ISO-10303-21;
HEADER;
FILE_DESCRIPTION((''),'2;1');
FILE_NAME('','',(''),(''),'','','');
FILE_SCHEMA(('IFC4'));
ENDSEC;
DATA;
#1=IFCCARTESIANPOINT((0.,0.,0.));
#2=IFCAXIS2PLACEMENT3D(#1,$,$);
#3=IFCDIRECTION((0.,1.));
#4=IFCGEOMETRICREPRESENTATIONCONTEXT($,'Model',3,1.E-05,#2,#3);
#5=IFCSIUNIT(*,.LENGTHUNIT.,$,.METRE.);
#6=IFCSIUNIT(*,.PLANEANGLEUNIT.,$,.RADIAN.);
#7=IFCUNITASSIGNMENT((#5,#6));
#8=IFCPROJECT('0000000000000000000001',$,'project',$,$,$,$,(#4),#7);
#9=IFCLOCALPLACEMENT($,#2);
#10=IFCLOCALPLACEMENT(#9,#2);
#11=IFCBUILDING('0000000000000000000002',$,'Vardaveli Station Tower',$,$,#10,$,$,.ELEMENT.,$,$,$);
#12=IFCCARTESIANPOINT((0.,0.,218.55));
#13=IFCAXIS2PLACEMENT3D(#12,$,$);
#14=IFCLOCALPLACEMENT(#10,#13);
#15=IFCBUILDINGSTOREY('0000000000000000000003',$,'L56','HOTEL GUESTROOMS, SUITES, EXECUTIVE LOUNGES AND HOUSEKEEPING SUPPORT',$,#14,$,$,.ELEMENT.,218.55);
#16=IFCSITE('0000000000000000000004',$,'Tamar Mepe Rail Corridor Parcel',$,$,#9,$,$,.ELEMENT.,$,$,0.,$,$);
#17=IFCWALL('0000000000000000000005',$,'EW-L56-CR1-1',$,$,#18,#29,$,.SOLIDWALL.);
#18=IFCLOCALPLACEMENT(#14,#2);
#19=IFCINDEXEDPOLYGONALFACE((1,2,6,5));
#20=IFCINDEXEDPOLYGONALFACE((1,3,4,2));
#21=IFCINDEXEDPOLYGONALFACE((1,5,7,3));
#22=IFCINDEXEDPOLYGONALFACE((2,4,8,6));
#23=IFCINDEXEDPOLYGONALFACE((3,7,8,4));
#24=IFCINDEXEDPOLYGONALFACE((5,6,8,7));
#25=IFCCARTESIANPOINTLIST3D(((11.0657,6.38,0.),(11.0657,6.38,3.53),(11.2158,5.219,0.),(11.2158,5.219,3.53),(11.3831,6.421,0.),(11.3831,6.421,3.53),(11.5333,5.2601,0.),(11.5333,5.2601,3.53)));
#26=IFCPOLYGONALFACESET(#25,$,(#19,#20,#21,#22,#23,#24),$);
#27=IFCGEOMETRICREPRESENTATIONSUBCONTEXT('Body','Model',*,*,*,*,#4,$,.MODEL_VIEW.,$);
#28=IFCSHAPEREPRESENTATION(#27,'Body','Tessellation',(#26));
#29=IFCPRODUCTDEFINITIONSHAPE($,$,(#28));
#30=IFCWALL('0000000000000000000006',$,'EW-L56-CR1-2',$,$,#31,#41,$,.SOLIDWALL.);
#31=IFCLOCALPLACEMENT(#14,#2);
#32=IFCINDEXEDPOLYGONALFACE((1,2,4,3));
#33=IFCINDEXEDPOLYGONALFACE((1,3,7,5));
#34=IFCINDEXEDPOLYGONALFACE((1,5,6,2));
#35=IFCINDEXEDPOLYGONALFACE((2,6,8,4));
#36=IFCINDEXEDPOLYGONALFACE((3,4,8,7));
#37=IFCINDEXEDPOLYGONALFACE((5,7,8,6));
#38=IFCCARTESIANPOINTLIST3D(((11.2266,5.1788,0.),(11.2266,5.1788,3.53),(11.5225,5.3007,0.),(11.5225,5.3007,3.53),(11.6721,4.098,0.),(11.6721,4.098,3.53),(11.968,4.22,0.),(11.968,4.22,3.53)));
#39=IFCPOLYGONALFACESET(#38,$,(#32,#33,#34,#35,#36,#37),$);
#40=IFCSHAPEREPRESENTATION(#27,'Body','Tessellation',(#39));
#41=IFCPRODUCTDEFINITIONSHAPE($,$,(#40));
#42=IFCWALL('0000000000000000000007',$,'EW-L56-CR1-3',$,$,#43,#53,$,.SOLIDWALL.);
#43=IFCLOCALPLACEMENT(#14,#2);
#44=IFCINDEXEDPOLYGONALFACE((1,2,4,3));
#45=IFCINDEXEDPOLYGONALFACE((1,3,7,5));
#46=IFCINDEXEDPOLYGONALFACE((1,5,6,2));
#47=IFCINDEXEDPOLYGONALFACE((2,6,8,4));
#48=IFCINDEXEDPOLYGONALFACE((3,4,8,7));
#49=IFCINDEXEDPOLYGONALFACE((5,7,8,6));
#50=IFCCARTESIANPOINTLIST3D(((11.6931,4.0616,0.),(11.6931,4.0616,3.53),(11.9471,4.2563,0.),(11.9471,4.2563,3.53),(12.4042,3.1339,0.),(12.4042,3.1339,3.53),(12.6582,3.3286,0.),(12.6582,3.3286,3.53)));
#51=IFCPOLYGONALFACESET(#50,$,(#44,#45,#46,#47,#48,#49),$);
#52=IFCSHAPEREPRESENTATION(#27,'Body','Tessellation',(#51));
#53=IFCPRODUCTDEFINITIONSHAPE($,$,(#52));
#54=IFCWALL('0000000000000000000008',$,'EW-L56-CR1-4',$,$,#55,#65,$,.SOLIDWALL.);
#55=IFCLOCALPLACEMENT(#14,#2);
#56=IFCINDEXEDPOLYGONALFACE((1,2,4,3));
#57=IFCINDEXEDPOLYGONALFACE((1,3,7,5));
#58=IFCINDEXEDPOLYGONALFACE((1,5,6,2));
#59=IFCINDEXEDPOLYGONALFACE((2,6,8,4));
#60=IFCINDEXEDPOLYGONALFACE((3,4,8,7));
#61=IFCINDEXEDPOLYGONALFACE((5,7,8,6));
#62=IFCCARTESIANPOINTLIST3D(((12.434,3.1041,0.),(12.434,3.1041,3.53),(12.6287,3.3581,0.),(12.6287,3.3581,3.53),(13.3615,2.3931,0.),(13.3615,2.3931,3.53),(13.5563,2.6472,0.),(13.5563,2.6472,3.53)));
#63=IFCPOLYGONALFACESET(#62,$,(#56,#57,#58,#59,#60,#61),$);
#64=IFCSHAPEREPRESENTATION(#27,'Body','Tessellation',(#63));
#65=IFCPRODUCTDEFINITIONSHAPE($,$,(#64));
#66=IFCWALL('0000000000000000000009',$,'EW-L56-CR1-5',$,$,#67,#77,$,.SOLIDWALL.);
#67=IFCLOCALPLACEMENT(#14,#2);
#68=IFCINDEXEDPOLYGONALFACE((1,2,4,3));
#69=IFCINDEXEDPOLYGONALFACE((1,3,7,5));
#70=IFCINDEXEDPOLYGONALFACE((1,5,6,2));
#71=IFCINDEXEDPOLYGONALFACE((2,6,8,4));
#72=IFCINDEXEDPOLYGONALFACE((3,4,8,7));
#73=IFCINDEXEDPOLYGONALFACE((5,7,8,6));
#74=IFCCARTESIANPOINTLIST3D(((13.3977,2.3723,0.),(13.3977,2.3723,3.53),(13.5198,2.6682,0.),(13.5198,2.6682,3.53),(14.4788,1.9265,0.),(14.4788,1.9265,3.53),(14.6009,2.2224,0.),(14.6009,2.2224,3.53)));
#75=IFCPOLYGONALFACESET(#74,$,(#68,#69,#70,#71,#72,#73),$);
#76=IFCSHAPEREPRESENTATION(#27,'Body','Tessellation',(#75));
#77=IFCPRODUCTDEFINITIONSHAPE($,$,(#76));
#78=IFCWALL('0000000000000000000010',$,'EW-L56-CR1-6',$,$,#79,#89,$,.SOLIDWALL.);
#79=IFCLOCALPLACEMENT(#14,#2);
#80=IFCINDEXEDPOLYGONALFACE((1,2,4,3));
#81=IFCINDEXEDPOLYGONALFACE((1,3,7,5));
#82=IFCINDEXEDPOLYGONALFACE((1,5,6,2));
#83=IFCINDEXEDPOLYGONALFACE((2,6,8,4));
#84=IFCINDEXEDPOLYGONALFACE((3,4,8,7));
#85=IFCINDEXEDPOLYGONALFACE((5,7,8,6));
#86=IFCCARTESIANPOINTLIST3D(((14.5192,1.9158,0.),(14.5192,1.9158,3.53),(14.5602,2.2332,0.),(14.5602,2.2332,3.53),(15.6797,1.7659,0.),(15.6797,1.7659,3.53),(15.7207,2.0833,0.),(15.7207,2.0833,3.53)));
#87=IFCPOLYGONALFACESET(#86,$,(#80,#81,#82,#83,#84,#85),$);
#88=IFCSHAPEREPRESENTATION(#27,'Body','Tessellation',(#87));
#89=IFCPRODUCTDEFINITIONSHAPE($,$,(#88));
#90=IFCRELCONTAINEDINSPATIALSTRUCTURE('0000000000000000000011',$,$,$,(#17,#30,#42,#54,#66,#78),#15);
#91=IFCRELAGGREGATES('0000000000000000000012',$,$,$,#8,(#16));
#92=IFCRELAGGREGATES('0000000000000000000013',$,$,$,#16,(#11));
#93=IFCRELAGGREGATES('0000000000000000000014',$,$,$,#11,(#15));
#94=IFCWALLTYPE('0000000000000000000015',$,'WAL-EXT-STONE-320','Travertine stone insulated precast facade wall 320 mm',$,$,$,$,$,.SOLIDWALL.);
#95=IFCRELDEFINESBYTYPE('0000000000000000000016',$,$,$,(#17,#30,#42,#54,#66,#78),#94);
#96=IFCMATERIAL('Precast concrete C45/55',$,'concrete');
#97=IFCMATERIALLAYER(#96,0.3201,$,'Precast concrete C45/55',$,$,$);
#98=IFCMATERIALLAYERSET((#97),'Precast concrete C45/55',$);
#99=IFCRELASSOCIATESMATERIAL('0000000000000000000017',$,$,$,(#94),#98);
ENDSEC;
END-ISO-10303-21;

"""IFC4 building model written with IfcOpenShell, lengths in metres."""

from ifc_helpers import new_model, si_unit, direction, frame, frame_2d, origin, place, context, subcontext, project, spatial, rectangle, extrude, source, transform, mapped, material, layer, layer_set, type_object, element, save


model = new_model("IFC4")

# Units and contexts
model_context = context("Model", 3, precision=1e-05, world=origin(), true_north=direction((0.0, 1.0)))
body_context = subcontext(model_context, "Body", "Model", "MODEL_VIEW")
ifc_project = project(units=[si_unit("LENGTHUNIT", "METRE"), si_unit("PLANEANGLEUNIT", "RADIAN")], contexts=[model_context])

# Site, building, storey
site_placement = place(None, origin())
site = spatial("IfcSite", under=ifc_project, at=site_placement, Name="Tamar Mepe Rail Corridor Parcel", CompositionType="ELEMENT", RefElevation=0.0)
building_placement = place(site_placement, origin())
building = spatial("IfcBuilding", under=site, at=building_placement, Name="Vardaveli Station Tower", CompositionType="ELEMENT")
storey_placement = place(building_placement, frame((0.0, 0.0, 218.55)))
storey = spatial("IfcBuildingStorey", under=building, at=storey_placement, Name="L56", Description="HOTEL GUESTROOMS, SUITES, EXECUTIVE LOUNGES AND HOUSEKEEPING SUPPORT", CompositionType="ELEMENT", Elevation=218.55)

# Shared definitions
ifc_material_1 = material(Name="Precast concrete C45/55", Category="concrete")

# Shared definitions
ifc_layer = layer(ifc_material_1, 0.3201, Name="Precast concrete C45/55")
ifc_layer_set = layer_set([ifc_layer], Name="Precast concrete C45/55")
wall_type = type_object("IfcWallType", Name="WAL-EXT-STONE-320", Description="Travertine stone insulated precast facade wall 320 mm", PredefinedType="SOLIDWALL", material=ifc_layer_set)

# Walls
shared_shape_1 = source(origin(), body_context, "Body", "SweptSolid", [
    extrude(rectangle(XDim=1.1707, YDim=0.3201, at=frame_2d((0.5854, 0.0))), origin(), (0.0, 0.0, 1.0), 3.53),
])
wall_1_placement = place(storey_placement, frame((11.2244, 6.4006, 0.0), z_axis=(0.0, 0.0, 1.0), x_axis=(0.128269, -0.991739, 0.0)))
element("IfcWall", 1, at=wall_1_placement, inside=storey, type_object=wall_type, Name="EW-L56-CR1-1", PredefinedType="SOLIDWALL", context=body_context, shape_type="MappedRepresentation", body=[
    mapped(shared_shape_1, transform((0.0, 0.0, 0.0), scale=1.0)),
])
shared_shape_2 = source(origin(), body_context, "Body", "SweptSolid", [
    extrude(rectangle(XDim=1.1689, YDim=0.3201, at=frame_2d((0.5845, 0.0))), origin(), (0.0, 0.0, 1.0), 3.53),
])
for number, where, z_axis, x_axis, name in (
    (2, (11.3745, 5.2397, 0.0), (0.0, 0.0, 1.0), (0.381128, -0.924522, 0.0), "EW-L56-CR1-2"),
    (3, (11.8201, 4.1589, 0.0), (0.0, 0.0, 1.0), (0.608388, -0.79364, 0.0), "EW-L56-CR1-3"),
):
    element("IfcWall", number, at=place(storey_placement, frame(where, z_axis=z_axis, x_axis=x_axis)), inside=storey, type_object=wall_type, Name=name, PredefinedType="SOLIDWALL", context=body_context, shape_type="MappedRepresentation", body=[
        mapped(shared_shape_2, transform((0.0, 0.0, 0.0), scale=1.0)),
    ])
shared_shape_3 = source(origin(), body_context, "Body", "SweptSolid", [
    extrude(rectangle(XDim=1.1687, YDim=0.3201, at=frame_2d((0.5845, 0.0))), origin(), (0.0, 0.0, 1.0), 3.53),
])
wall_2_placement = place(storey_placement, frame((12.5312, 3.2312, 0.0), z_axis=(0.0, 0.0, 1.0), x_axis=(0.793664, -0.608357, 0.0)))
element("IfcWall", 4, at=wall_2_placement, inside=storey, type_object=wall_type, Name="EW-L56-CR1-4", PredefinedType="SOLIDWALL", context=body_context, shape_type="MappedRepresentation", body=[
    mapped(shared_shape_3, transform((0.0, 0.0, 0.0), scale=1.0)),
])
shared_shape_4 = source(origin(), body_context, "Body", "SweptSolid", [
    extrude(rectangle(XDim=1.1694, YDim=0.3201, at=frame_2d((0.5847, 0.0))), origin(), (0.0, 0.0, 1.0), 3.53),
])
wall_3_placement = place(storey_placement, frame((13.4587, 2.5203, 0.0), z_axis=(0.0, 0.0, 1.0), x_axis=(0.924479, -0.381233, 0.0)))
element("IfcWall", 5, at=wall_3_placement, inside=storey, type_object=wall_type, Name="EW-L56-CR1-5", PredefinedType="SOLIDWALL", context=body_context, shape_type="MappedRepresentation", body=[
    mapped(shared_shape_4, transform((0.0, 0.0, 0.0), scale=1.0)),
])
shared_shape_5 = source(origin(), body_context, "Body", "SweptSolid", [
    extrude(rectangle(XDim=1.1702, YDim=0.3201, at=frame_2d((0.585, 0.0))), origin(), (0.0, 0.0, 1.0), 3.53),
])
wall_4_placement = place(storey_placement, frame((14.5398, 2.0745, 0.0), z_axis=(0.0, 0.0, 1.0), x_axis=(0.991762, -0.12809, 0.0)))
element("IfcWall", 6, at=wall_4_placement, inside=storey, type_object=wall_type, Name="EW-L56-CR1-6", PredefinedType="SOLIDWALL", context=body_context, shape_type="MappedRepresentation", body=[
    mapped(shared_shape_5, transform((0.0, 0.0, 0.0), scale=1.0)),
])

save(model, "model.ifc")
